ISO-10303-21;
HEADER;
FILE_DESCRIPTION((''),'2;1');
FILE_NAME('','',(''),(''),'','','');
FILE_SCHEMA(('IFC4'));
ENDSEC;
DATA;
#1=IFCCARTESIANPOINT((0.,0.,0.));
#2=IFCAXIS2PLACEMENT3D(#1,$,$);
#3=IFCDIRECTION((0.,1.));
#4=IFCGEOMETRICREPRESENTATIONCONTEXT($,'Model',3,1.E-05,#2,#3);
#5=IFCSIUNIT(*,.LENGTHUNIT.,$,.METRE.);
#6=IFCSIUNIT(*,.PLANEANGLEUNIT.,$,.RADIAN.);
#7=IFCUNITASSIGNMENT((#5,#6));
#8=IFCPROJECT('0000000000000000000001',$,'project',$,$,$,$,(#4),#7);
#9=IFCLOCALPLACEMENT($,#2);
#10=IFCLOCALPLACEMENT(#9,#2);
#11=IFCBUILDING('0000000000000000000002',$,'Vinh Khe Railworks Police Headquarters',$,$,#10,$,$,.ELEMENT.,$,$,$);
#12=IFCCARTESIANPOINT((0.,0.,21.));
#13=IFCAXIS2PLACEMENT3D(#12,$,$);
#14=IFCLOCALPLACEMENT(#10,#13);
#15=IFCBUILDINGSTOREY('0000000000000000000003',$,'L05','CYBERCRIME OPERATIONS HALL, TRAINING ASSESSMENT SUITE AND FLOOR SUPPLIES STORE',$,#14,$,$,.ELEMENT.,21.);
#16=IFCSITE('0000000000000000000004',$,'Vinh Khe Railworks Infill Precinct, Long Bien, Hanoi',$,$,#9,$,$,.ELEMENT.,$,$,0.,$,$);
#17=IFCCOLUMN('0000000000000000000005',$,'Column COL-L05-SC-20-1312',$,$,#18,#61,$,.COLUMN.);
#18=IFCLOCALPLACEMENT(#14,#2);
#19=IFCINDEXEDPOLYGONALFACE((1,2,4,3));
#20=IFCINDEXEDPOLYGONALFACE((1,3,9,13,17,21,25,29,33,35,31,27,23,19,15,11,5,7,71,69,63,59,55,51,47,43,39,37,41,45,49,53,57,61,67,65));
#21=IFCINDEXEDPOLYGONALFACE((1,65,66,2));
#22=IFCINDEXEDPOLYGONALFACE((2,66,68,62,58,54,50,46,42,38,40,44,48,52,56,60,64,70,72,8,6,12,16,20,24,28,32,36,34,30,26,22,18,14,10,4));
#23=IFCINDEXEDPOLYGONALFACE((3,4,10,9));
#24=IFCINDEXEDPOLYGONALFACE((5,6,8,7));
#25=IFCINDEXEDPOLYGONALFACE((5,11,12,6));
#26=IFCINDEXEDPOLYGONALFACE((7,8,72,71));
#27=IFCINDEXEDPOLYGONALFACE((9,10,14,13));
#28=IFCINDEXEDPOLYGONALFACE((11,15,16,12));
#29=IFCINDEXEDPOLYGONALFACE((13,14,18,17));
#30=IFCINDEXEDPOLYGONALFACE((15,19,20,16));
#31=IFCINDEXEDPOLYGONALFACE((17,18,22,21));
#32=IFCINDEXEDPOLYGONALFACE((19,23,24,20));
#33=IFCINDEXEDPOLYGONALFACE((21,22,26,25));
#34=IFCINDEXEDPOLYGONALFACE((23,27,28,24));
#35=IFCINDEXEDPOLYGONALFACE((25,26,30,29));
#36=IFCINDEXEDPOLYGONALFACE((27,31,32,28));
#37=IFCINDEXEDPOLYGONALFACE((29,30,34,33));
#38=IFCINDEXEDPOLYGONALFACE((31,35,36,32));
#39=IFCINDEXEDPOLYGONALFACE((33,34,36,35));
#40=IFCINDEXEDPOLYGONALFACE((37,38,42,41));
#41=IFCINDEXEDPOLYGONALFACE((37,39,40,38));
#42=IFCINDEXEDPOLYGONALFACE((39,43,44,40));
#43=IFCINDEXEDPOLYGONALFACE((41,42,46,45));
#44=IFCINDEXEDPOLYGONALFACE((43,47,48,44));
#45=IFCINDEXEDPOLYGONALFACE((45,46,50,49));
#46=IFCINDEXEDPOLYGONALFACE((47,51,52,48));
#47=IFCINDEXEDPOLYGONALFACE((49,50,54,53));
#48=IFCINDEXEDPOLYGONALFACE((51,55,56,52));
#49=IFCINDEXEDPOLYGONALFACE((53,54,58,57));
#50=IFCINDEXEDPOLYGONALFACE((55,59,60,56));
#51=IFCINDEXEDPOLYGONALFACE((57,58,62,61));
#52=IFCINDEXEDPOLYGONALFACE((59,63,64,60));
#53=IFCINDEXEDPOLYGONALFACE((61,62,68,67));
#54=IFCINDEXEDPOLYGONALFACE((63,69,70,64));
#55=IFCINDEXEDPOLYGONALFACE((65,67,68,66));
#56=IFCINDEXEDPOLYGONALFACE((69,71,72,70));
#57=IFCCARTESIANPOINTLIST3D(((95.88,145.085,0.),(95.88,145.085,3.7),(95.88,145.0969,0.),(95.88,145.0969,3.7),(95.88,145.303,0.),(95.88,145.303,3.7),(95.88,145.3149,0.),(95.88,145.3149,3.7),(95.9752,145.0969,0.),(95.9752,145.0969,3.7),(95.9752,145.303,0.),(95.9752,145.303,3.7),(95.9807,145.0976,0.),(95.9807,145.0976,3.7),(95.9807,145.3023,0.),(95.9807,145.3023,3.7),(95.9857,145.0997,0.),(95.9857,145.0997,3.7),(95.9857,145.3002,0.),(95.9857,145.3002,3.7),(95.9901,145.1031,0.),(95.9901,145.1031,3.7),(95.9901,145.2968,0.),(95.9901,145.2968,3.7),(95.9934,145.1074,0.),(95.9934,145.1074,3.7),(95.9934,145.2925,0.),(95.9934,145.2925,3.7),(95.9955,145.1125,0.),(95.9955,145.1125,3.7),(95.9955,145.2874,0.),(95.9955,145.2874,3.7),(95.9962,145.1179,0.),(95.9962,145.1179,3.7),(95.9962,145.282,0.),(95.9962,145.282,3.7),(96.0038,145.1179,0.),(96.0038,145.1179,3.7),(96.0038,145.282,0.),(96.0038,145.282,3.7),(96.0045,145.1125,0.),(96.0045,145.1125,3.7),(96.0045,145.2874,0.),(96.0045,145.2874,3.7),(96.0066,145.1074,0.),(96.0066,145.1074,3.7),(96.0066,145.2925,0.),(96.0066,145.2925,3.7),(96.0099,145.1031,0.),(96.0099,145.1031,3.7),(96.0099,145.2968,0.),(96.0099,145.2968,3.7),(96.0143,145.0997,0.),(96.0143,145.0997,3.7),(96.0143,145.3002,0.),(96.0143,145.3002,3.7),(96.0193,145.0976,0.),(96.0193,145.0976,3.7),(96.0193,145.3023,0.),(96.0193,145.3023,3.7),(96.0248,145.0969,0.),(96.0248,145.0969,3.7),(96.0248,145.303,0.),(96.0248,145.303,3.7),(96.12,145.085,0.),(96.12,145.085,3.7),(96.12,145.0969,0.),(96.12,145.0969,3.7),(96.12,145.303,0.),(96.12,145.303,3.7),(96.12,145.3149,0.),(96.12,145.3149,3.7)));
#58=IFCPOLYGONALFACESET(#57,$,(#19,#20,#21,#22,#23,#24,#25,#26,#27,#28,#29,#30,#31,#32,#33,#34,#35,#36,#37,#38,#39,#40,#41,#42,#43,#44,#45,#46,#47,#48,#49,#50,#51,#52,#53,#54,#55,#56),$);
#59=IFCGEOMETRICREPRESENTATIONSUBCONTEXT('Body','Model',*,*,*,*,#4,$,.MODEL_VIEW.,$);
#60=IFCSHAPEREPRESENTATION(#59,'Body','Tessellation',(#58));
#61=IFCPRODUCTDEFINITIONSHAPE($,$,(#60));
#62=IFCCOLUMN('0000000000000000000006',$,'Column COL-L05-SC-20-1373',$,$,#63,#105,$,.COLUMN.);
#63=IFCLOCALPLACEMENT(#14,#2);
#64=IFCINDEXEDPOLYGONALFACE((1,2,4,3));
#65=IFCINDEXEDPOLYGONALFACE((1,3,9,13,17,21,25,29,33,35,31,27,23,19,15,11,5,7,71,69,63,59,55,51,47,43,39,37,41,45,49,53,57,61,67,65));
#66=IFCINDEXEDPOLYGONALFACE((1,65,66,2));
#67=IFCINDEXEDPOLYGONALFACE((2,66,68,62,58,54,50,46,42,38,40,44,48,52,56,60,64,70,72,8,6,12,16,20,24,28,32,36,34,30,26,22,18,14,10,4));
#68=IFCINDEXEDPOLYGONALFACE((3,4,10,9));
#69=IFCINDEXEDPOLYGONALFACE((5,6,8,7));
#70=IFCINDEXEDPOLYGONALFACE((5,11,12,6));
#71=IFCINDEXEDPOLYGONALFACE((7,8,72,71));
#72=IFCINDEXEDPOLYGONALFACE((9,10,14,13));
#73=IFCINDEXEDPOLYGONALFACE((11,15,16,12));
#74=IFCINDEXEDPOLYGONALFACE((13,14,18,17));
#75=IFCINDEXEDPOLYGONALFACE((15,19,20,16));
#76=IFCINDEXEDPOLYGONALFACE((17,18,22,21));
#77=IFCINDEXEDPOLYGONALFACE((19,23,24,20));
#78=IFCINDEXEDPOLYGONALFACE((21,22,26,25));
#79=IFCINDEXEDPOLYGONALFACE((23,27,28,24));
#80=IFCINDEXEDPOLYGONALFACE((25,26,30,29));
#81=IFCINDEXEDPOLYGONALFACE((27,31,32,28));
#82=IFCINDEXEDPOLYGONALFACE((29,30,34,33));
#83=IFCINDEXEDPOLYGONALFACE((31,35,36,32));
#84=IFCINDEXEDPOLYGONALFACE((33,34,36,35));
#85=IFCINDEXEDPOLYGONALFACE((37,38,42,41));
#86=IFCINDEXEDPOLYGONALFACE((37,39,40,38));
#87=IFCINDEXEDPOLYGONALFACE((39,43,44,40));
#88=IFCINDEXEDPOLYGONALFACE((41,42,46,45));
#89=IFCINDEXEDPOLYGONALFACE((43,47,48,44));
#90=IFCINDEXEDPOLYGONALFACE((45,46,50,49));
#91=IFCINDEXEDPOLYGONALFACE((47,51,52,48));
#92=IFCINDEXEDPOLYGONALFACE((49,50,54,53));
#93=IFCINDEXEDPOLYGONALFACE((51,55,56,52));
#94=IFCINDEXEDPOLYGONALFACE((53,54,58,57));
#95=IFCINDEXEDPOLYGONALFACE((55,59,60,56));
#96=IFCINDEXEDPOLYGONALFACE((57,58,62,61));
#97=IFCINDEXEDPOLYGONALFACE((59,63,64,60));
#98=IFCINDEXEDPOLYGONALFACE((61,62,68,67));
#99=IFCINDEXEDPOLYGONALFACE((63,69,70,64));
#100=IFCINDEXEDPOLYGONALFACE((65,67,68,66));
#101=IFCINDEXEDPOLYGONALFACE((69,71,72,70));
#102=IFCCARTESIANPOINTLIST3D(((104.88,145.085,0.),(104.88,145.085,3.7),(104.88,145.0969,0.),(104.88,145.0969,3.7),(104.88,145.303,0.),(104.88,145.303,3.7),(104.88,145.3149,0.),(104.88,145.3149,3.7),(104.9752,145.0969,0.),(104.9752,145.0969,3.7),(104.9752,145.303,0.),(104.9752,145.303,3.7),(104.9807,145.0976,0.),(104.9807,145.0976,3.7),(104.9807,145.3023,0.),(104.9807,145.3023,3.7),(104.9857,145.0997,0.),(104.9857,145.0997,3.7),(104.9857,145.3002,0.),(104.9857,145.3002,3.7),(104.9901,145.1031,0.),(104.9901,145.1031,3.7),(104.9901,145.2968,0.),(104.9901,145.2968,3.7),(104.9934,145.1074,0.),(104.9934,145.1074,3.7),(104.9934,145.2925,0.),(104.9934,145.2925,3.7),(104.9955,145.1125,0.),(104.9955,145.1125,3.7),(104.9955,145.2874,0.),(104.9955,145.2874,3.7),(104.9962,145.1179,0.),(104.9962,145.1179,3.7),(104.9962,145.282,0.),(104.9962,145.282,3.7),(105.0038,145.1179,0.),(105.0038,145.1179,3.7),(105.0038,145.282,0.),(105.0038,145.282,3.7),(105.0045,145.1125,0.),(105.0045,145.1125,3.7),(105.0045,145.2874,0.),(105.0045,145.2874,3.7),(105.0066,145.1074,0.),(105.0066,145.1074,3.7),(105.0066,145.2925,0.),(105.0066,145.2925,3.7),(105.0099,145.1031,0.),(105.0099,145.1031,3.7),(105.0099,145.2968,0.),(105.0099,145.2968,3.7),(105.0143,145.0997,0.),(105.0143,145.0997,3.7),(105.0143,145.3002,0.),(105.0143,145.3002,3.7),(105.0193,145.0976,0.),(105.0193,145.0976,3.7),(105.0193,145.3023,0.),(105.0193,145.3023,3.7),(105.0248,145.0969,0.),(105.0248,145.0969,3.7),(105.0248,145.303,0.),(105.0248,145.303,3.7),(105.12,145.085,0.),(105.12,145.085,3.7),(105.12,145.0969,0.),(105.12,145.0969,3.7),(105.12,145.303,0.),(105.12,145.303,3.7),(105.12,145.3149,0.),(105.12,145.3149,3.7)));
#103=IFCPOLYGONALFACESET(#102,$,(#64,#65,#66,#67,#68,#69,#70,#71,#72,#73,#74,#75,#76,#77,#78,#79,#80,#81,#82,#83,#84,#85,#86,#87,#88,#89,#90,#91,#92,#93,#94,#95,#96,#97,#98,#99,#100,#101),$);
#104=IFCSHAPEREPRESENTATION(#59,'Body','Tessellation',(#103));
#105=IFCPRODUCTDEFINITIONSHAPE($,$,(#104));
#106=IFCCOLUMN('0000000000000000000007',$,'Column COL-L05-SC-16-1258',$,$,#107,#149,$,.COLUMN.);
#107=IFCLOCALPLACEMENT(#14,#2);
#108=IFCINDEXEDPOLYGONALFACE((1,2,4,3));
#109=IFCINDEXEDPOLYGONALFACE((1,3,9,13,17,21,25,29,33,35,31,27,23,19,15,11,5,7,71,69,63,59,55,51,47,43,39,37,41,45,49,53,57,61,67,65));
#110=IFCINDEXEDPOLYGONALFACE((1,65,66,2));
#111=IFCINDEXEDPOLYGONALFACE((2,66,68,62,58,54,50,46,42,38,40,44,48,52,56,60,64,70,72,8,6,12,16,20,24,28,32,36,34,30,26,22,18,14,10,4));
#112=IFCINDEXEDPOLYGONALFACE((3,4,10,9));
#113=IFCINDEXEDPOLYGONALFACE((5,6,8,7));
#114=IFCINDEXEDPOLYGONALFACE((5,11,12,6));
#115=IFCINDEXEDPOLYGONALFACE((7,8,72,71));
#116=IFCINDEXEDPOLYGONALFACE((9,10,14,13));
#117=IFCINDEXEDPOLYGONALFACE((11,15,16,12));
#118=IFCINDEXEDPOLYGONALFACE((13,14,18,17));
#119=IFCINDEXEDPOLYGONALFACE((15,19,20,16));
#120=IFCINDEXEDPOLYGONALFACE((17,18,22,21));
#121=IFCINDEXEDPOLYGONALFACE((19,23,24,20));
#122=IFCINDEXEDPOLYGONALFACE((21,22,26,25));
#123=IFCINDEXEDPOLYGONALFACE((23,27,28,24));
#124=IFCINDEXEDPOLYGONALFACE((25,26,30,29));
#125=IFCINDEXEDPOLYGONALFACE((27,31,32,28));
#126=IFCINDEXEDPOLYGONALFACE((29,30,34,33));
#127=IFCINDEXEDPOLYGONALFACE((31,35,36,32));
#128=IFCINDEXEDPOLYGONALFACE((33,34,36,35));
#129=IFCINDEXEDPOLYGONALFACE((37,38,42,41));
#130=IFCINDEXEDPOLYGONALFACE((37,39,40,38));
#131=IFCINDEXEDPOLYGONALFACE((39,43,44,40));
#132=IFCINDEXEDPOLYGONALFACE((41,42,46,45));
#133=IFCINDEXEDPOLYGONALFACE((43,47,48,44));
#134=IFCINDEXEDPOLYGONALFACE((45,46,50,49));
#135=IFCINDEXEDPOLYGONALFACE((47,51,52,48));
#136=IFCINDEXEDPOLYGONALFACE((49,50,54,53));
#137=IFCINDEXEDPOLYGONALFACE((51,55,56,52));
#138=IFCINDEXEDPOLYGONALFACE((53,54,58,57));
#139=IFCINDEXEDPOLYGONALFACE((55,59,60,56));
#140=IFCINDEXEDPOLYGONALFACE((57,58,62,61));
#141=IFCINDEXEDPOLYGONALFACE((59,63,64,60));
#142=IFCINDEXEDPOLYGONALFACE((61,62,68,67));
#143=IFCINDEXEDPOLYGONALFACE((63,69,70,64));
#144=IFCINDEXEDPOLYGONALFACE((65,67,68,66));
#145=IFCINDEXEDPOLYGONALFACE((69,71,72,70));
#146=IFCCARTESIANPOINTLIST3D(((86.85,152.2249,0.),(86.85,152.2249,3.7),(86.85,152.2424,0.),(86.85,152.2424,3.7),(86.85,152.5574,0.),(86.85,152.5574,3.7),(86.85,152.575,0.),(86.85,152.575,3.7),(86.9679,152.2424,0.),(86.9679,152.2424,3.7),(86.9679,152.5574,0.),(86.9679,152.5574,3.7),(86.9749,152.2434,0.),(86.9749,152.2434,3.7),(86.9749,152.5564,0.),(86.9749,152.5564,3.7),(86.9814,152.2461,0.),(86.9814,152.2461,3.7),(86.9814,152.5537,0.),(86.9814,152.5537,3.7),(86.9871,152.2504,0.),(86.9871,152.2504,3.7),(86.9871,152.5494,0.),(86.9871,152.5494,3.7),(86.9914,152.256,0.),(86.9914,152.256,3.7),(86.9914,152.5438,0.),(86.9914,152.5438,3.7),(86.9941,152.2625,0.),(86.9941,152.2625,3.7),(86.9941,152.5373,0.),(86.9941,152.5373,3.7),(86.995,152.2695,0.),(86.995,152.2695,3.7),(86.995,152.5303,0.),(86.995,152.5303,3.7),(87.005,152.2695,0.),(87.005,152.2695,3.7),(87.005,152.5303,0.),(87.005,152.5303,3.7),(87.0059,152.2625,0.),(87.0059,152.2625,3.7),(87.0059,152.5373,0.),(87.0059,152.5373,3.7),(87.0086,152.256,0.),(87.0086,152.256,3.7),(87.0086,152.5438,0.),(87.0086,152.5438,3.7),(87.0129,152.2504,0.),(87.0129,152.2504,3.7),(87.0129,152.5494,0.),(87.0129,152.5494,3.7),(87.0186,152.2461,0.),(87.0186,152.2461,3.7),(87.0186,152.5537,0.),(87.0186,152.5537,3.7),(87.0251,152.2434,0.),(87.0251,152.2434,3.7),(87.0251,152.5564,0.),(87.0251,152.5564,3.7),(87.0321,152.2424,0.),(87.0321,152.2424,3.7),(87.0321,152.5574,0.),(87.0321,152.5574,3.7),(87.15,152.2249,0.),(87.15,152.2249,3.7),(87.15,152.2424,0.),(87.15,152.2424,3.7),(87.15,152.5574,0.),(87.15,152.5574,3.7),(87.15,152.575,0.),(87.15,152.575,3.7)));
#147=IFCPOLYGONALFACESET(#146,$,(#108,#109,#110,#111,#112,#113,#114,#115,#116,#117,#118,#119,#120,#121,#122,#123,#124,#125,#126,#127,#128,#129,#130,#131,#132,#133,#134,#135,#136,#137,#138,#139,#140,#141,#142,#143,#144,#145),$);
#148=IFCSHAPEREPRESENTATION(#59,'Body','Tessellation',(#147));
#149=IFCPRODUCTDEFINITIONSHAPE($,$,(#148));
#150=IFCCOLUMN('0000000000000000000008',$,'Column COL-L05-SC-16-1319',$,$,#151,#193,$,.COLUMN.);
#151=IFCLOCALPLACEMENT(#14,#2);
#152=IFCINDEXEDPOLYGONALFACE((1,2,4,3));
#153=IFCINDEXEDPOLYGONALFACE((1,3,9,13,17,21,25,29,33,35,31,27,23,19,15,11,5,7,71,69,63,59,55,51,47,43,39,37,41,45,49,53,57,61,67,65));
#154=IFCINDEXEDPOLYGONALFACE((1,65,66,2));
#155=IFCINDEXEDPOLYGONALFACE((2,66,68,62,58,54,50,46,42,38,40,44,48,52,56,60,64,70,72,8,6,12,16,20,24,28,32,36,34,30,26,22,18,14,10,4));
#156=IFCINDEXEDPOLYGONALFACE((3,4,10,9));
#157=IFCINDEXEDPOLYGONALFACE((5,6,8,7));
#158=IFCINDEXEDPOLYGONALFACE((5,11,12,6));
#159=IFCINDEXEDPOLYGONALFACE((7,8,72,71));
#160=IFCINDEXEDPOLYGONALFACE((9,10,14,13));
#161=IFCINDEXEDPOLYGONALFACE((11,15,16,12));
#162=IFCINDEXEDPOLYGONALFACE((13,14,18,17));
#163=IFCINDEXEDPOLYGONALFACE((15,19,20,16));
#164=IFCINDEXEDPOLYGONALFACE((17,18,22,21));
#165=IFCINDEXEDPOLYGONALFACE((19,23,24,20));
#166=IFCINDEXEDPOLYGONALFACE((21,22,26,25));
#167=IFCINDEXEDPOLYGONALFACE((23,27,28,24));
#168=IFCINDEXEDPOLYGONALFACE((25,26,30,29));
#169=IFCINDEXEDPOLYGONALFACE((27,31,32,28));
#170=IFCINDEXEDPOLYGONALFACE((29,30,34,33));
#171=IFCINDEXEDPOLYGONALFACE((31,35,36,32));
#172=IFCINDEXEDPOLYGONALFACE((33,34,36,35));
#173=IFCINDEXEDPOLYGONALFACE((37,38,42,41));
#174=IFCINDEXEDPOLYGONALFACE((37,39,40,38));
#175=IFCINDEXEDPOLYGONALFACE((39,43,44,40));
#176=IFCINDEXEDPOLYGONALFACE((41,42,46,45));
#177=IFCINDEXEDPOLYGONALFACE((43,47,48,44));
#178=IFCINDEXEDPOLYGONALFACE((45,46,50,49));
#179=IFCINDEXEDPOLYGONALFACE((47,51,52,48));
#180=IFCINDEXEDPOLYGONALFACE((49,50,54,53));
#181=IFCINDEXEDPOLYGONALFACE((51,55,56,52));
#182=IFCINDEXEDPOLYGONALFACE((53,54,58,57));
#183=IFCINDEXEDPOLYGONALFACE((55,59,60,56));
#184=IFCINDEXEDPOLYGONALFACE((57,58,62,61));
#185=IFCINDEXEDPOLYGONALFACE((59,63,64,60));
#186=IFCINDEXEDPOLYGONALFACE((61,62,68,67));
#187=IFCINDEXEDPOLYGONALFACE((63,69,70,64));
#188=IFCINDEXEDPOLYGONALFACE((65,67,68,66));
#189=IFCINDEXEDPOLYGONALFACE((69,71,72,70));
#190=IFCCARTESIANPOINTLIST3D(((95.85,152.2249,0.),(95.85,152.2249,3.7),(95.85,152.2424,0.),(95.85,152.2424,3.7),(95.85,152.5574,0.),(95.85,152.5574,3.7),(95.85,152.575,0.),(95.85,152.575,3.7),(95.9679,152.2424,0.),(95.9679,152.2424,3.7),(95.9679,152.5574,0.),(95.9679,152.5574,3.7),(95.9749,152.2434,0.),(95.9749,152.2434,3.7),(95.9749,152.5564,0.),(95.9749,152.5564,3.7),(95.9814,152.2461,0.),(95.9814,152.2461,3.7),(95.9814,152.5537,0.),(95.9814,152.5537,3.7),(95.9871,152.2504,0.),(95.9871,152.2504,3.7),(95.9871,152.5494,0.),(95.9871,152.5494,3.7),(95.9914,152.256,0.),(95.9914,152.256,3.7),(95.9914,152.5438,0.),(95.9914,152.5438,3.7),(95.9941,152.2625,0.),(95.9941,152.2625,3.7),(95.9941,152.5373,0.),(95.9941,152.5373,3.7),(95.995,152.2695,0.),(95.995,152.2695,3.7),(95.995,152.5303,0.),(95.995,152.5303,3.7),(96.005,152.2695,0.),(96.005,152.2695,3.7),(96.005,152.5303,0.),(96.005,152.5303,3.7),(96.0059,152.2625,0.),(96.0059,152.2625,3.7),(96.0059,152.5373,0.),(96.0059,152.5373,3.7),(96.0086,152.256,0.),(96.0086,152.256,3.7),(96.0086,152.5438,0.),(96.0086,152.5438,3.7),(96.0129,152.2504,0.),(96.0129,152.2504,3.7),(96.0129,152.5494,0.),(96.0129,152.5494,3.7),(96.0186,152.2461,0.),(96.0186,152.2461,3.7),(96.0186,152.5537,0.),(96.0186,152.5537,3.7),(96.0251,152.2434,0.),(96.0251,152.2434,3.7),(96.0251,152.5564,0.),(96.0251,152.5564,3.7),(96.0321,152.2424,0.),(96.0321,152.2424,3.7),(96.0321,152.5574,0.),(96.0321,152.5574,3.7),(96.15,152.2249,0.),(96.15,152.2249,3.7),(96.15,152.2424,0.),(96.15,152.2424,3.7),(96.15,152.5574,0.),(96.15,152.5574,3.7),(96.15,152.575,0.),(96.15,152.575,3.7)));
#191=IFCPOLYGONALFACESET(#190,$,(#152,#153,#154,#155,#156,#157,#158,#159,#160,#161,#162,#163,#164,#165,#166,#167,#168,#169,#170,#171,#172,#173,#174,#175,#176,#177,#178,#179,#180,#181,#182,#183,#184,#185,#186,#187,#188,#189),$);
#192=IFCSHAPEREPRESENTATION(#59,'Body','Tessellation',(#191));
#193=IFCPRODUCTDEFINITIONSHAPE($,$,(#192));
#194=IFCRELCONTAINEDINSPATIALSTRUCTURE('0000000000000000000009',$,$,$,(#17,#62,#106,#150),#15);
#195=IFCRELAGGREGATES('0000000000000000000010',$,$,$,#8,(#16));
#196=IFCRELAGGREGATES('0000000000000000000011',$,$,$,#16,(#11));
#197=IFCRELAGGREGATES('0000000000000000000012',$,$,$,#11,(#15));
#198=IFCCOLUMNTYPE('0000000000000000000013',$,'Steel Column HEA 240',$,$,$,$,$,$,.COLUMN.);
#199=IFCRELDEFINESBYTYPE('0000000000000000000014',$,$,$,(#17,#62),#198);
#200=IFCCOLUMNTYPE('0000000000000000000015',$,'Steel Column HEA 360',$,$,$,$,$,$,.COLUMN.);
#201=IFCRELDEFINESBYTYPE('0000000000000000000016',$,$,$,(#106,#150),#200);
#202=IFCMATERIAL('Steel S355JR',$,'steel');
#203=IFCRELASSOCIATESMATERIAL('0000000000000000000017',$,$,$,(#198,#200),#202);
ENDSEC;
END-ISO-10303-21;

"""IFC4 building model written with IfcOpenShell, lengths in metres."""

from ifc_helpers import new_model, si_unit, direction, frame, origin, origin_2d, place, context, subcontext, project, spatial, i_section, extrude, material, material_profile, profile_set, type_object, element, save


model = new_model("IFC4")

# Units and contexts
model_context = context("Model", 3, precision=1e-05, world=origin(), true_north=direction((0.0, 1.0)))
body_context = subcontext(model_context, "Body", "Model", "MODEL_VIEW")
ifc_project = project(units=[si_unit("LENGTHUNIT", "METRE"), si_unit("PLANEANGLEUNIT", "RADIAN")], contexts=[model_context])

# Site, building, storey
site_placement = place(None, origin())
site = spatial("IfcSite", under=ifc_project, at=site_placement, Name="Vinh Khe Railworks Infill Precinct, Long Bien, Hanoi", CompositionType="ELEMENT", RefElevation=0.0)
building_placement = place(site_placement, origin())
building = spatial("IfcBuilding", under=site, at=building_placement, Name="Vinh Khe Railworks Police Headquarters", CompositionType="ELEMENT")
storey_placement = place(building_placement, frame((0.0, 0.0, 21.0)))
storey = spatial("IfcBuildingStorey", under=building, at=storey_placement, Name="L05", Description="CYBERCRIME OPERATIONS HALL, TRAINING ASSESSMENT SUITE AND FLOOR SUPPLIES STORE", CompositionType="ELEMENT", Elevation=21.0)

# Columns
ifc_material_1 = material(Name="Steel S355JR", Category="steel")
ifc_material_profile_1 = material_profile(ifc_material_1, i_section(OverallWidth=0.24, OverallDepth=0.23, WebThickness=0.0076, FlangeThickness=0.012, FilletRadius=0.021, at=origin_2d()), Name="HEA 240")
ifc_profile_set_1 = profile_set([ifc_material_profile_1], Name="Steel S355JR")
column_type_1 = type_object("IfcColumnType", Name="Steel Column HEA 240", PredefinedType="COLUMN", material=ifc_profile_set_1)
for number, where, z_axis, x_axis, name in (
    (1, (96.0, 145.2, 0.0), (0.0, 0.0, 1.0), (1.0, 0.0, 0.0), "Column COL-L05-SC-20-1312"),
    (2, (105.0, 145.2, 0.0), (0.0, 0.0, 1.0), (1.0, 0.0, 0.0), "Column COL-L05-SC-20-1373"),
):
    element("IfcColumn", number, at=place(storey_placement, frame(where, z_axis=z_axis, x_axis=x_axis)), inside=storey, type_object=column_type_1, Name=name, PredefinedType="COLUMN", context=body_context, shape_type="SweptSolid", body=[
        extrude(i_section(OverallWidth=0.24, OverallDepth=0.23, WebThickness=0.0076, FlangeThickness=0.012, FilletRadius=0.021, at=origin_2d()), origin(), (0.0, 0.0, 1.0), 3.7),
    ])
ifc_material_profile_2 = material_profile(ifc_material_1, i_section(OverallWidth=0.3, OverallDepth=0.3501, WebThickness=0.01, FlangeThickness=0.0176, FilletRadius=0.0271, at=origin_2d()), Name="HEA 360")
ifc_profile_set_2 = profile_set([ifc_material_profile_2], Name="Steel S355JR")
column_type_2 = type_object("IfcColumnType", Name="Steel Column HEA 360", PredefinedType="COLUMN", material=ifc_profile_set_2)
for number, where, z_axis, x_axis, name in (
    (3, (87.0, 152.3999, 0.0), (0.0, 0.0, 1.0), (1.0, 0.0, 0.0), "Column COL-L05-SC-16-1258"),
    (4, (96.0, 152.3999, 0.0), (0.0, 0.0, 1.0), (1.0, 0.0, 0.0), "Column COL-L05-SC-16-1319"),
):
    element("IfcColumn", number, at=place(storey_placement, frame(where, z_axis=z_axis, x_axis=x_axis)), inside=storey, type_object=column_type_2, Name=name, PredefinedType="COLUMN", context=body_context, shape_type="SweptSolid", body=[
        extrude(i_section(OverallWidth=0.3, OverallDepth=0.3501, WebThickness=0.01, FlangeThickness=0.0176, FilletRadius=0.0271, at=origin_2d()), origin(), (0.0, 0.0, 1.0), 3.7),
    ])

save(model, "model.ifc")
